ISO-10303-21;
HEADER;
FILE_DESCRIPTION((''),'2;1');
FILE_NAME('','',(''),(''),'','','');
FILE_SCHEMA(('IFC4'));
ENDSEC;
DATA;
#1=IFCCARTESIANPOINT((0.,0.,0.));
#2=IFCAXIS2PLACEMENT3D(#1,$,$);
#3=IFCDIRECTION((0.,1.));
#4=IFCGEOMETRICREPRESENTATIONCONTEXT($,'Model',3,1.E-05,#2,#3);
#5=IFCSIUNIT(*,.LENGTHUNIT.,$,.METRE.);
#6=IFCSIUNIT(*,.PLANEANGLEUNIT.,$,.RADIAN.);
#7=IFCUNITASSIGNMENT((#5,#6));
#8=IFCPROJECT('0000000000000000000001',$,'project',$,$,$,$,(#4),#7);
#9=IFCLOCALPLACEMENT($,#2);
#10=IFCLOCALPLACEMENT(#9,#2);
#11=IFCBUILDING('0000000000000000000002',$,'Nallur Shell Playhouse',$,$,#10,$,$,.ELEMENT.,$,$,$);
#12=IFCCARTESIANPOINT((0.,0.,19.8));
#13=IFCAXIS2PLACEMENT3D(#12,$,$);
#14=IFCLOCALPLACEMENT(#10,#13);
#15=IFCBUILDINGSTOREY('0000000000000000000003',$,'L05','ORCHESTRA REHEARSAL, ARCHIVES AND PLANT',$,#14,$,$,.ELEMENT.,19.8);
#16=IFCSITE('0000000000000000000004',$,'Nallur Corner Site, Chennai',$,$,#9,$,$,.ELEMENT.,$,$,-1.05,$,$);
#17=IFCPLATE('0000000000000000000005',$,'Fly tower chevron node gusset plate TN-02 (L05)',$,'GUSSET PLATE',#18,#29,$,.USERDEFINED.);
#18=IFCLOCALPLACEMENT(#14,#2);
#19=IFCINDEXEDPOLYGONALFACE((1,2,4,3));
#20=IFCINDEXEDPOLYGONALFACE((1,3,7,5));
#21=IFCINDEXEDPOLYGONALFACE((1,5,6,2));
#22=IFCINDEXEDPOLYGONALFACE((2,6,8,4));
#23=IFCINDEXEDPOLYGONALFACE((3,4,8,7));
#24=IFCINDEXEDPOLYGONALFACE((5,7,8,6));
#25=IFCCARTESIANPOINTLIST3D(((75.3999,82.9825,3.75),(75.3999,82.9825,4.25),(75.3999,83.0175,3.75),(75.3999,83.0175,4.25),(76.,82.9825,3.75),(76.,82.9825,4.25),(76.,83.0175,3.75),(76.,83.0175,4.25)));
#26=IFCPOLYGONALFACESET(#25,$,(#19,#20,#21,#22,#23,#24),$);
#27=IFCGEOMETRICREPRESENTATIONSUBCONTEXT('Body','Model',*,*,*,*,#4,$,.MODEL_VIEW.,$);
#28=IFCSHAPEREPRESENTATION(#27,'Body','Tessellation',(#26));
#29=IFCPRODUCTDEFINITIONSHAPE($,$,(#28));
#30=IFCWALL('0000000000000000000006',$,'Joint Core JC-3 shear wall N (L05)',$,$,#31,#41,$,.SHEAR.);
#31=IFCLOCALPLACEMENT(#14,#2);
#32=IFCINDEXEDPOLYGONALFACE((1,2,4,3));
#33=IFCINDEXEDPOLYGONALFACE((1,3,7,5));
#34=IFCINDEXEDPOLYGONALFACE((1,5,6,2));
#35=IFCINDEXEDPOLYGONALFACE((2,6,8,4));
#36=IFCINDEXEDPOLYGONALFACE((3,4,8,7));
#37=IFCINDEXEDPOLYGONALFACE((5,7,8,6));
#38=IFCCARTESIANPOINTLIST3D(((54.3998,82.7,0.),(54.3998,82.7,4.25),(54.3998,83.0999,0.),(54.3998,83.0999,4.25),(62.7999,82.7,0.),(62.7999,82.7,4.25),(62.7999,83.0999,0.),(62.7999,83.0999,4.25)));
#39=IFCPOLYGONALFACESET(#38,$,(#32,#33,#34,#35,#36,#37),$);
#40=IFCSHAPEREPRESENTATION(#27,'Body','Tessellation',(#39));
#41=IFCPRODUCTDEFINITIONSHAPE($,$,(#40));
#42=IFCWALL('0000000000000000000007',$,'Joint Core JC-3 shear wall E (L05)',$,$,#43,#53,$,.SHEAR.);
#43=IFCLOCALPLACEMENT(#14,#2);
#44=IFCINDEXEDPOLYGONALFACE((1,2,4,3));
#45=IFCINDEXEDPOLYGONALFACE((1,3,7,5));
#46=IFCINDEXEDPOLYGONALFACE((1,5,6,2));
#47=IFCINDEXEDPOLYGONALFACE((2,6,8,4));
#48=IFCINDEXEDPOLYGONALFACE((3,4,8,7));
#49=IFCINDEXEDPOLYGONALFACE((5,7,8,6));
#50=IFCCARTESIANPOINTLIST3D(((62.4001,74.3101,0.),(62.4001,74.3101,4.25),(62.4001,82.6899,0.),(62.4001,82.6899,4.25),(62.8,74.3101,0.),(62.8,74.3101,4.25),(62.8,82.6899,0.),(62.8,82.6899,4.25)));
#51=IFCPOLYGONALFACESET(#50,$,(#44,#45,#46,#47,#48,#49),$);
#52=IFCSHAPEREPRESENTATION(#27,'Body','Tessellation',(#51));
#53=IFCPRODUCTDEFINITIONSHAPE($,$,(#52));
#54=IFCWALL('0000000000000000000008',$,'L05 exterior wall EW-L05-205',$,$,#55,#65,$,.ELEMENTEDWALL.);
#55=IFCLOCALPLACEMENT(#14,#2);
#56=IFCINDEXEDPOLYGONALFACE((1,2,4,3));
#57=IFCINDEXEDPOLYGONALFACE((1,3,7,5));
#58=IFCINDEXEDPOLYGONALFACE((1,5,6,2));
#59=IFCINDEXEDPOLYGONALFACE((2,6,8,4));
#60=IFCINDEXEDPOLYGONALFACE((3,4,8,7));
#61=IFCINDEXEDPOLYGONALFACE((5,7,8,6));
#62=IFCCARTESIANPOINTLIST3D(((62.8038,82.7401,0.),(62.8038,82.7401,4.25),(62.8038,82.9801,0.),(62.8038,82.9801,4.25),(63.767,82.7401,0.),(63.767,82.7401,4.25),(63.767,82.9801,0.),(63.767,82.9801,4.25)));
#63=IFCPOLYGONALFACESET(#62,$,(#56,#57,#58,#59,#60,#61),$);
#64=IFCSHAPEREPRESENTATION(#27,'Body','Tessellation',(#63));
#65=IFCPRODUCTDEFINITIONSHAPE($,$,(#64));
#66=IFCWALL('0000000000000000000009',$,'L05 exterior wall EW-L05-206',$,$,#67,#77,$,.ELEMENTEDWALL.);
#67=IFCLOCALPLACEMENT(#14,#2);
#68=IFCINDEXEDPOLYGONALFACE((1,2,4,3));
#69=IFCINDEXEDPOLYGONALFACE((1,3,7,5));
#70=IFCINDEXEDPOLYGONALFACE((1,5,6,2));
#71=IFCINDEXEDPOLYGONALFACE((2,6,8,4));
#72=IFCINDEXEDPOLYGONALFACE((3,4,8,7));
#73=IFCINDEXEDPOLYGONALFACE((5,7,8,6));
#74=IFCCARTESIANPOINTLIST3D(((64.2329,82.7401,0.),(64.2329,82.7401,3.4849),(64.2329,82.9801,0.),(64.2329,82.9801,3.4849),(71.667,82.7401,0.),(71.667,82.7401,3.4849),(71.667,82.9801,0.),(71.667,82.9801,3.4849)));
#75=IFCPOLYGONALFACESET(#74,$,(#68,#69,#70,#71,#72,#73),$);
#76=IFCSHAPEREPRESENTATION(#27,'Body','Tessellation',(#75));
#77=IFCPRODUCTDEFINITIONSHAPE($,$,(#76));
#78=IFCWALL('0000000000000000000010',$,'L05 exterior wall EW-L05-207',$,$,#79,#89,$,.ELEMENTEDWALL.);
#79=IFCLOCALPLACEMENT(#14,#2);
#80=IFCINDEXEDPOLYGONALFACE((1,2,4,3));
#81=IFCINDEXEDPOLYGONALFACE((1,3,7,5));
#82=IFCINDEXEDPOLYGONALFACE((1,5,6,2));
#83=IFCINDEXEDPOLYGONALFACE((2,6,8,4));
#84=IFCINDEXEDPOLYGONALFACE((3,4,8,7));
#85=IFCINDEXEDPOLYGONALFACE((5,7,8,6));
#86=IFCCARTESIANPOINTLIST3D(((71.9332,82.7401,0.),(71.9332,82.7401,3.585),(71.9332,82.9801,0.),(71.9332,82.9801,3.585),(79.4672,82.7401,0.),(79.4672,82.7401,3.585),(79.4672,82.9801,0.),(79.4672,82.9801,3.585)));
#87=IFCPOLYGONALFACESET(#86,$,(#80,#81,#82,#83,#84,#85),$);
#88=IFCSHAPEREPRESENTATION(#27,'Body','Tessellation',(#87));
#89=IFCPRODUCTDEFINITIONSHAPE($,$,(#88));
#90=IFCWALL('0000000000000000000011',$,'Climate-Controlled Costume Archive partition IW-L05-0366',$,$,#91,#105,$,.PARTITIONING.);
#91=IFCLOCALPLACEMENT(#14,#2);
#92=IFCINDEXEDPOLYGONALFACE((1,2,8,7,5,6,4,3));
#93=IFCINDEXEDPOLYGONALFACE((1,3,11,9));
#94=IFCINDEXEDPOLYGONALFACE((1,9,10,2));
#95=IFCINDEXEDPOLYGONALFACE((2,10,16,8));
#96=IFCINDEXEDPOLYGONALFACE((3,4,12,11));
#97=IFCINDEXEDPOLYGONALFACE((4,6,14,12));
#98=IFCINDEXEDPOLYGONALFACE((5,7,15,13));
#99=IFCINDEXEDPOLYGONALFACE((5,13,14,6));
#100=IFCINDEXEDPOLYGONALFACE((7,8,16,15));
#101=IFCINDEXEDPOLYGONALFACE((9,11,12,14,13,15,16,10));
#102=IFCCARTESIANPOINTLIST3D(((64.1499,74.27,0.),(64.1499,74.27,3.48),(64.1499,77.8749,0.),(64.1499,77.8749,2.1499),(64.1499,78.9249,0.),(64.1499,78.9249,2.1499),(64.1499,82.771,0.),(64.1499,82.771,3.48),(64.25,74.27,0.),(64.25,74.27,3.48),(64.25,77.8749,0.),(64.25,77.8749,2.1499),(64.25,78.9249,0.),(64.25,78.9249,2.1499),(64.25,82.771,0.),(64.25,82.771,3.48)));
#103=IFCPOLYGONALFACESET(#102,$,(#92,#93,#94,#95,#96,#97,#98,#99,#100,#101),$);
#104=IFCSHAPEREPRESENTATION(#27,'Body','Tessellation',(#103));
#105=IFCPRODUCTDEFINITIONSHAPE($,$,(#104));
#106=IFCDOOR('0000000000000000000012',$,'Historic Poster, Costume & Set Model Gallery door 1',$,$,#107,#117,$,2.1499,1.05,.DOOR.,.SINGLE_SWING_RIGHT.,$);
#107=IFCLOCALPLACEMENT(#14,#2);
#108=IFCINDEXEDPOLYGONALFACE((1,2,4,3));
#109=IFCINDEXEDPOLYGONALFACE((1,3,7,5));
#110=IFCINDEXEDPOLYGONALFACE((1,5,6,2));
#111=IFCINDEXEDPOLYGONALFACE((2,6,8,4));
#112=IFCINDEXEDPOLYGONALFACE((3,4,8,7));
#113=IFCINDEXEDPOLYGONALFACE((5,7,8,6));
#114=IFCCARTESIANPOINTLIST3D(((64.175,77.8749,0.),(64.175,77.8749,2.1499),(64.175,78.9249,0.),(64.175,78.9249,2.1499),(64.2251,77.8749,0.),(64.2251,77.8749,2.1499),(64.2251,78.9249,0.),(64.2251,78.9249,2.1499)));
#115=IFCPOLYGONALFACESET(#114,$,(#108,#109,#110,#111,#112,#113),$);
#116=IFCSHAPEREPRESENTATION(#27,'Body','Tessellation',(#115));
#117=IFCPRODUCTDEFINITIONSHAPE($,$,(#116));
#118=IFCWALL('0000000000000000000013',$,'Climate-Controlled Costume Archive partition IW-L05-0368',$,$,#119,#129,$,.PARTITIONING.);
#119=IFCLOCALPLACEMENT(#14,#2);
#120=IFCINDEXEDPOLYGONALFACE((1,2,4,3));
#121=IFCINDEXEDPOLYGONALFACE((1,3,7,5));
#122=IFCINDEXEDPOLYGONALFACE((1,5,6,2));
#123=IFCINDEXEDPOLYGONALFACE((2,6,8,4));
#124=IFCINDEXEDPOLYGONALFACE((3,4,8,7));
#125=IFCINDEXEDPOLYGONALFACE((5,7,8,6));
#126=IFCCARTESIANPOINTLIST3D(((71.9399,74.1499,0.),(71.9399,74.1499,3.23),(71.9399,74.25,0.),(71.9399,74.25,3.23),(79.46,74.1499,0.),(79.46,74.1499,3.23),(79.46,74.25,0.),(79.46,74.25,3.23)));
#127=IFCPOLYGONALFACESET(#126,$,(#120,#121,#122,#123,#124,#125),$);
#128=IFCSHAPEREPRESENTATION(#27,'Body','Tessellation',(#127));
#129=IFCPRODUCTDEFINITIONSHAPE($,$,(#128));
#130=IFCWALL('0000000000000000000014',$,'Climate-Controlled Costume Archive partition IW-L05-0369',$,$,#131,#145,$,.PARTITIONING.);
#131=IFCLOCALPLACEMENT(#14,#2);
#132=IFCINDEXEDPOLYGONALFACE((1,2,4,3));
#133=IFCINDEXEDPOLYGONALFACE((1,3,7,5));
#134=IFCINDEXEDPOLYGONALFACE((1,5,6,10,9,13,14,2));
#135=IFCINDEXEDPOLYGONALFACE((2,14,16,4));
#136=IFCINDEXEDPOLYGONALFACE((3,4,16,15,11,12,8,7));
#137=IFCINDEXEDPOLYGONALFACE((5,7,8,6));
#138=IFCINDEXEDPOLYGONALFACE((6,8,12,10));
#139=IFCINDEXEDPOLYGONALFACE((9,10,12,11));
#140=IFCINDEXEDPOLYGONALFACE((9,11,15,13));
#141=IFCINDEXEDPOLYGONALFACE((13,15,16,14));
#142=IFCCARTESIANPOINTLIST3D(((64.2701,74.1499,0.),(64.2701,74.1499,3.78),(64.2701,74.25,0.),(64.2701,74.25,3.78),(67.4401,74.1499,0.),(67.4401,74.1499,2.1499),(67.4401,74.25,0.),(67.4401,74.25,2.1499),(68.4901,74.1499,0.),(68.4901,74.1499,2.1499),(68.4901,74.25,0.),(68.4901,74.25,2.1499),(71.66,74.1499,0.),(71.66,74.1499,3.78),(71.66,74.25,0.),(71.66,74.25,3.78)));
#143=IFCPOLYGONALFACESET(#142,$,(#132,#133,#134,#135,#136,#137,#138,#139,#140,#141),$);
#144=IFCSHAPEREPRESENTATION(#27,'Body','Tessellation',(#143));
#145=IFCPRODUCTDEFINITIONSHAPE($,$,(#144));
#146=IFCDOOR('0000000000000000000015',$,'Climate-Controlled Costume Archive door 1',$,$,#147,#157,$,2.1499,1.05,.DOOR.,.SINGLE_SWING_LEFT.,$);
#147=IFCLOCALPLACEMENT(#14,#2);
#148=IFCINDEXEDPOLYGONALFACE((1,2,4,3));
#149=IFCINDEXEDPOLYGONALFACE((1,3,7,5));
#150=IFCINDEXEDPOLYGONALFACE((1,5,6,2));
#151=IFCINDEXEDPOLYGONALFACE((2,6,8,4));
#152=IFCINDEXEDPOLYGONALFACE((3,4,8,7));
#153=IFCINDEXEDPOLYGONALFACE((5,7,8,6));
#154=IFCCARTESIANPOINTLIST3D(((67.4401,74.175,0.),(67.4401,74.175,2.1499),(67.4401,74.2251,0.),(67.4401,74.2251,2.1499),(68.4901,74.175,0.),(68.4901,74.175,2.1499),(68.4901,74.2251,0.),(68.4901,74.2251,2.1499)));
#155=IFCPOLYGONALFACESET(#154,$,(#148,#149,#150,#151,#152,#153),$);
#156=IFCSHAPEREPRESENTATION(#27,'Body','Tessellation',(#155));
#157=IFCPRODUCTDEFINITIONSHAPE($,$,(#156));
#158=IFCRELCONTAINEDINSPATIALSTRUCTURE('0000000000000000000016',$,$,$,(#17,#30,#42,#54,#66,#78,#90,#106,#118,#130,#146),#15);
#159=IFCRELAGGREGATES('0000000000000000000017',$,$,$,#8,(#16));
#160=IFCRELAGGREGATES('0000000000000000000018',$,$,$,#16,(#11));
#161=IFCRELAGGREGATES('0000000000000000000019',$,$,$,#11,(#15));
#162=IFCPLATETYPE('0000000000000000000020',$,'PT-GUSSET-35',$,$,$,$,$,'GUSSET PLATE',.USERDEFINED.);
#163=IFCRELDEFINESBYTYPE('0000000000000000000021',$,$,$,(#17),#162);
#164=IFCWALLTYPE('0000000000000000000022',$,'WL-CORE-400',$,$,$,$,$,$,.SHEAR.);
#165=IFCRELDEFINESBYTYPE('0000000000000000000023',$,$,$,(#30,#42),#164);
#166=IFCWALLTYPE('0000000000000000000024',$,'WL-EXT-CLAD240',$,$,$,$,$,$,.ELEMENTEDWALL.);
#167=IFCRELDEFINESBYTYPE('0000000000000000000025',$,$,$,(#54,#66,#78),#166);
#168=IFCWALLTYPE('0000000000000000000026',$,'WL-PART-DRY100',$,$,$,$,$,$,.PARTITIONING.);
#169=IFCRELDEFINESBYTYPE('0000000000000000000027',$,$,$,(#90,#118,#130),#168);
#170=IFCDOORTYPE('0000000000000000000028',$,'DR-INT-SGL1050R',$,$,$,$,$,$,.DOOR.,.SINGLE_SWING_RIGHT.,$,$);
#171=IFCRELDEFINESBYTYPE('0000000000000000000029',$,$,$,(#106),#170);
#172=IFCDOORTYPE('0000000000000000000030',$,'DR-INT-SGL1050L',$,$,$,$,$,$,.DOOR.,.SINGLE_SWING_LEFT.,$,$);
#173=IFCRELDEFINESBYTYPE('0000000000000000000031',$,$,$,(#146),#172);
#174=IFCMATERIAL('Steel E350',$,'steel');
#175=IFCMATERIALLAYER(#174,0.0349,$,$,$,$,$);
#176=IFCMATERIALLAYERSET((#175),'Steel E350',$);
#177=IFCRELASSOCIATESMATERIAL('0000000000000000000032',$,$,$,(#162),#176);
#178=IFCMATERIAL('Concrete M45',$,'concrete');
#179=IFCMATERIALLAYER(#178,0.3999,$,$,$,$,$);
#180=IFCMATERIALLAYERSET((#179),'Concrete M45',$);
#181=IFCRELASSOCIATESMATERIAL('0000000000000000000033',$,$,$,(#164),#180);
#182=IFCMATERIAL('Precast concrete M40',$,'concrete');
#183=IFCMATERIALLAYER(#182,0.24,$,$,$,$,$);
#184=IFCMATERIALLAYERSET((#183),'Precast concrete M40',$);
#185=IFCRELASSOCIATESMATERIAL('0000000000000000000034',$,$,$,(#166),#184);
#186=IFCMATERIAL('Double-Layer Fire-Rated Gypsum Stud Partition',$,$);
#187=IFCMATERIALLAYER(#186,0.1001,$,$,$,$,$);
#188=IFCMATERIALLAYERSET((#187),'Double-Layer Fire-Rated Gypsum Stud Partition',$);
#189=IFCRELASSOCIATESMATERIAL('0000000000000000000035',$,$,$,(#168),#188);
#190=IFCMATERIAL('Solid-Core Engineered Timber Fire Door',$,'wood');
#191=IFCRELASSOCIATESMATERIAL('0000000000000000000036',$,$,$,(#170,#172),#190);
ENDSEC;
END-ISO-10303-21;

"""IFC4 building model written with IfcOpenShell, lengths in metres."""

from ifc_helpers import new_model, si_unit, direction, frame, frame_2d, origin, origin_2d, place, context, subcontext, project, spatial, rectangle, extrude, material, layer, layer_set, type_object, element, fill, save


model = new_model("IFC4")

# Units and contexts
model_context = context("Model", 3, precision=1e-05, world=origin(), true_north=direction((0.0, 1.0)))
body_context = subcontext(model_context, "Body", "Model", "MODEL_VIEW")
ifc_project = project(units=[si_unit("LENGTHUNIT", "METRE"), si_unit("PLANEANGLEUNIT", "RADIAN")], contexts=[model_context])

# Site, building, storey
site_placement = place(None, origin())
site = spatial("IfcSite", under=ifc_project, at=site_placement, Name="Nallur Corner Site, Chennai", CompositionType="ELEMENT", RefElevation=-1.05)
building_placement = place(site_placement, origin())
building = spatial("IfcBuilding", under=site, at=building_placement, Name="Nallur Shell Playhouse", CompositionType="ELEMENT")
storey_placement = place(building_placement, frame((0.0, 0.0, 19.8)))
storey = spatial("IfcBuildingStorey", under=building, at=storey_placement, Name="L05", Description="ORCHESTRA REHEARSAL, ARCHIVES AND PLANT", CompositionType="ELEMENT", Elevation=19.8)

# Shared definitions
ifc_material_1 = material(Name="Steel E350", Category="steel")

# Plate
ifc_layer_1 = layer(ifc_material_1, 0.0349)
ifc_layer_set_1 = layer_set([ifc_layer_1], Name="Steel E350")
plate_type_1 = type_object("IfcPlateType", Name="PT-GUSSET-35", ElementType="GUSSET PLATE", PredefinedType="USERDEFINED", material=ifc_layer_set_1)
plate_1_placement = place(storey_placement, frame((75.7, 83.0, 3.75), z_axis=(0.0, 0.0, 1.0), x_axis=(1.0, 0.0, 0.0)))
element("IfcPlate", 1, at=plate_1_placement, inside=storey, type_object=plate_type_1, Name="Fly tower chevron node gusset plate TN-02 (L05)", ObjectType="GUSSET PLATE", PredefinedType="USERDEFINED", context=body_context, shape_type="SweptSolid", body=[
    extrude(rectangle(XDim=0.6001, YDim=0.0349, at=origin_2d()), origin(), (0.0, 0.0, 1.0), 0.5),
])

# Walls
ifc_material_2 = material(Name="Concrete M45", Category="concrete")
ifc_layer_2 = layer(ifc_material_2, 0.3999)
ifc_layer_set_2 = layer_set([ifc_layer_2], Name="Concrete M45")
wall_type_1 = type_object("IfcWallType", Name="WL-CORE-400", PredefinedType="SHEAR", material=ifc_layer_set_2)
wall_1_placement = place(storey_placement, frame((62.8, 82.8999, 0.0), z_axis=(0.0, 0.0, 1.0), x_axis=(-1.0, 0.0, 0.0)))
element("IfcWall", 2, at=wall_1_placement, inside=storey, type_object=wall_type_1, Name="Joint Core JC-3 shear wall N (L05)", PredefinedType="SHEAR", context=body_context, shape_type="SweptSolid", body=[
    extrude(rectangle(XDim=8.4001, YDim=0.3999, at=frame_2d((4.2002, 0.0))), origin(), (0.0, 0.0, 1.0), 4.25),
])
wall_2_placement = place(storey_placement, frame((62.6001, 74.3101, 0.0), z_axis=(0.0, 0.0, 1.0), x_axis=(0.0, 1.0, 0.0)))
element("IfcWall", 3, at=wall_2_placement, inside=storey, type_object=wall_type_1, Name="Joint Core JC-3 shear wall E (L05)", PredefinedType="SHEAR", context=body_context, shape_type="SweptSolid", body=[
    extrude(rectangle(XDim=8.3799, YDim=0.3999, at=frame_2d((4.1899, 0.0))), origin(), (0.0, 0.0, 1.0), 4.25),
])
ifc_material_3 = material(Name="Precast concrete M40", Category="concrete")
ifc_layer_3 = layer(ifc_material_3, 0.24)
ifc_layer_set_3 = layer_set([ifc_layer_3], Name="Precast concrete M40")
wall_type_2 = type_object("IfcWallType", Name="WL-EXT-CLAD240", PredefinedType="ELEMENTEDWALL", material=ifc_layer_set_3)
wall_3_placement = place(storey_placement, frame((62.804, 82.8601, 0.0), z_axis=(0.0, 0.0, 1.0), x_axis=(1.0, 0.0, 0.0)))
element("IfcWall", 4, at=wall_3_placement, inside=storey, type_object=wall_type_2, Name="L05 exterior wall EW-L05-205", PredefinedType="ELEMENTEDWALL", context=body_context, shape_type="SweptSolid", body=[
    extrude(rectangle(XDim=0.9631, YDim=0.24, at=frame_2d((0.4814, 0.0))), origin(), (0.0, 0.0, 1.0), 4.25),
])
wall_4_placement = place(storey_placement, frame((64.2329, 82.8601, 0.0), z_axis=(0.0, 0.0, 1.0), x_axis=(1.0, 0.0, 0.0)))
element("IfcWall", 5, at=wall_4_placement, inside=storey, type_object=wall_type_2, Name="L05 exterior wall EW-L05-206", PredefinedType="ELEMENTEDWALL", context=body_context, shape_type="SweptSolid", body=[
    extrude(rectangle(XDim=7.4341, YDim=0.24, at=frame_2d((3.717, 0.0))), origin(), (0.0, 0.0, 1.0), 3.4849),
])
wall_5_placement = place(storey_placement, frame((71.9331, 82.8601, 0.0), z_axis=(0.0, 0.0, 1.0), x_axis=(1.0, 0.0, 0.0)))
element("IfcWall", 6, at=wall_5_placement, inside=storey, type_object=wall_type_2, Name="L05 exterior wall EW-L05-207", PredefinedType="ELEMENTEDWALL", context=body_context, shape_type="SweptSolid", body=[
    extrude(rectangle(XDim=7.5339, YDim=0.24, at=frame_2d((3.7671, 0.0))), origin(), (0.0, 0.0, 1.0), 3.585),
])

# Wall, opening, door
ifc_material_4 = material(Name="Double-Layer Fire-Rated Gypsum Stud Partition")
ifc_layer_4 = layer(ifc_material_4, 0.1001)
ifc_layer_set_4 = layer_set([ifc_layer_4], Name="Double-Layer Fire-Rated Gypsum Stud Partition")
wall_type_3 = type_object("IfcWallType", Name="WL-PART-DRY100", PredefinedType="PARTITIONING", material=ifc_layer_set_4)
wall_6_placement = place(storey_placement, frame((64.2, 74.27, 0.0), z_axis=(0.0, 0.0, 1.0), x_axis=(0.0, 1.0, 0.0)))
wall_6 = element("IfcWall", 7, at=wall_6_placement, inside=storey, type_object=wall_type_3, Name="Climate-Controlled Costume Archive partition IW-L05-0366", PredefinedType="PARTITIONING", context=body_context, shape_type="SweptSolid", body=[
    extrude(rectangle(XDim=8.501, YDim=0.1001, at=frame_2d((4.2505, 0.0))), origin(), (0.0, 0.0, 1.0), 3.48),
])
opening_1_placement = place(wall_6_placement, frame((3.605, 0.0, 0.0)))
opening_1 = element("IfcOpeningElement", 8, at=opening_1_placement, cuts=wall_6, PredefinedType="OPENING", context=body_context, shape_type="SweptSolid", body=[
    extrude(rectangle(XDim=1.05, YDim=2.1499, at=frame_2d((0.5249, 1.075))), frame((0.0, 0.0601, 0.0), z_axis=(0.0, -1.0, 0.0), x_axis=(1.0, 0.0, 0.0)), (0.0, 0.0, 1.0), 0.1201),
])
ifc_material_5 = material(Name="Solid-Core Engineered Timber Fire Door", Category="wood")
door_type_1 = type_object("IfcDoorType", Name="DR-INT-SGL1050R", OperationType="SINGLE_SWING_RIGHT", PredefinedType="DOOR", material=ifc_material_5)
door_1_placement = place(opening_1_placement, origin())
door_1 = element("IfcDoor", 9, at=door_1_placement, inside=storey, type_object=door_type_1, Name="Historic Poster, Costume & Set Model Gallery door 1", OperationType="SINGLE_SWING_RIGHT", OverallHeight=2.1499, OverallWidth=1.05, PredefinedType="DOOR", context=body_context, shape_type="SweptSolid", body=[
    extrude(rectangle(XDim=1.05, YDim=2.1499, at=frame_2d((0.5249, 1.075))), frame((0.0, 0.0249, 0.0), z_axis=(0.0, -1.0, 0.0), x_axis=(1.0, 0.0, 0.0)), (0.0, 0.0, 1.0), 0.05),
])
fill(opening_1, door_1)

# Wall
wall_7_placement = place(storey_placement, frame((79.46, 74.2, 0.0), z_axis=(0.0, 0.0, 1.0), x_axis=(-1.0, 0.0, 0.0)))
element("IfcWall", 10, at=wall_7_placement, inside=storey, type_object=wall_type_3, Name="Climate-Controlled Costume Archive partition IW-L05-0368", PredefinedType="PARTITIONING", context=body_context, shape_type="SweptSolid", body=[
    extrude(rectangle(XDim=7.52, YDim=0.1001, at=frame_2d((3.76, 0.0))), origin(), (0.0, 0.0, 1.0), 3.23),
])

# Wall, opening, door
wall_8_placement = place(storey_placement, frame((71.6599, 74.2, 0.0), z_axis=(0.0, 0.0, 1.0), x_axis=(-1.0, 0.0, 0.0)))
wall_8 = element("IfcWall", 11, at=wall_8_placement, inside=storey, type_object=wall_type_3, Name="Climate-Controlled Costume Archive partition IW-L05-0369", PredefinedType="PARTITIONING", context=body_context, shape_type="SweptSolid", body=[
    extrude(rectangle(XDim=7.3899, YDim=0.1001, at=frame_2d((3.6948, 0.0))), origin(), (0.0, 0.0, 1.0), 3.78),
])
opening_2_placement = place(wall_8_placement, frame((3.1699, 0.0, 0.0)))
opening_2 = element("IfcOpeningElement", 12, at=opening_2_placement, cuts=wall_8, PredefinedType="OPENING", context=body_context, shape_type="SweptSolid", body=[
    extrude(rectangle(XDim=1.05, YDim=2.1499, at=frame_2d((0.5249, 1.075))), frame((0.0, 0.0601, 0.0), z_axis=(0.0, -1.0, 0.0), x_axis=(1.0, 0.0, 0.0)), (0.0, 0.0, 1.0), 0.1201),
])
door_type_2 = type_object("IfcDoorType", Name="DR-INT-SGL1050L", OperationType="SINGLE_SWING_LEFT", PredefinedType="DOOR", material=ifc_material_5)
door_2_placement = place(opening_2_placement, origin())
door_2 = element("IfcDoor", 13, at=door_2_placement, inside=storey, type_object=door_type_2, Name="Climate-Controlled Costume Archive door 1", OperationType="SINGLE_SWING_LEFT", OverallHeight=2.1499, OverallWidth=1.05, PredefinedType="DOOR", context=body_context, shape_type="SweptSolid", body=[
    extrude(rectangle(XDim=1.05, YDim=2.1499, at=frame_2d((0.5249, 1.075))), frame((0.0, 0.0249, 0.0), z_axis=(0.0, -1.0, 0.0), x_axis=(1.0, 0.0, 0.0)), (0.0, 0.0, 1.0), 0.05),
])
fill(opening_2, door_2)

save(model, "model.ifc")
